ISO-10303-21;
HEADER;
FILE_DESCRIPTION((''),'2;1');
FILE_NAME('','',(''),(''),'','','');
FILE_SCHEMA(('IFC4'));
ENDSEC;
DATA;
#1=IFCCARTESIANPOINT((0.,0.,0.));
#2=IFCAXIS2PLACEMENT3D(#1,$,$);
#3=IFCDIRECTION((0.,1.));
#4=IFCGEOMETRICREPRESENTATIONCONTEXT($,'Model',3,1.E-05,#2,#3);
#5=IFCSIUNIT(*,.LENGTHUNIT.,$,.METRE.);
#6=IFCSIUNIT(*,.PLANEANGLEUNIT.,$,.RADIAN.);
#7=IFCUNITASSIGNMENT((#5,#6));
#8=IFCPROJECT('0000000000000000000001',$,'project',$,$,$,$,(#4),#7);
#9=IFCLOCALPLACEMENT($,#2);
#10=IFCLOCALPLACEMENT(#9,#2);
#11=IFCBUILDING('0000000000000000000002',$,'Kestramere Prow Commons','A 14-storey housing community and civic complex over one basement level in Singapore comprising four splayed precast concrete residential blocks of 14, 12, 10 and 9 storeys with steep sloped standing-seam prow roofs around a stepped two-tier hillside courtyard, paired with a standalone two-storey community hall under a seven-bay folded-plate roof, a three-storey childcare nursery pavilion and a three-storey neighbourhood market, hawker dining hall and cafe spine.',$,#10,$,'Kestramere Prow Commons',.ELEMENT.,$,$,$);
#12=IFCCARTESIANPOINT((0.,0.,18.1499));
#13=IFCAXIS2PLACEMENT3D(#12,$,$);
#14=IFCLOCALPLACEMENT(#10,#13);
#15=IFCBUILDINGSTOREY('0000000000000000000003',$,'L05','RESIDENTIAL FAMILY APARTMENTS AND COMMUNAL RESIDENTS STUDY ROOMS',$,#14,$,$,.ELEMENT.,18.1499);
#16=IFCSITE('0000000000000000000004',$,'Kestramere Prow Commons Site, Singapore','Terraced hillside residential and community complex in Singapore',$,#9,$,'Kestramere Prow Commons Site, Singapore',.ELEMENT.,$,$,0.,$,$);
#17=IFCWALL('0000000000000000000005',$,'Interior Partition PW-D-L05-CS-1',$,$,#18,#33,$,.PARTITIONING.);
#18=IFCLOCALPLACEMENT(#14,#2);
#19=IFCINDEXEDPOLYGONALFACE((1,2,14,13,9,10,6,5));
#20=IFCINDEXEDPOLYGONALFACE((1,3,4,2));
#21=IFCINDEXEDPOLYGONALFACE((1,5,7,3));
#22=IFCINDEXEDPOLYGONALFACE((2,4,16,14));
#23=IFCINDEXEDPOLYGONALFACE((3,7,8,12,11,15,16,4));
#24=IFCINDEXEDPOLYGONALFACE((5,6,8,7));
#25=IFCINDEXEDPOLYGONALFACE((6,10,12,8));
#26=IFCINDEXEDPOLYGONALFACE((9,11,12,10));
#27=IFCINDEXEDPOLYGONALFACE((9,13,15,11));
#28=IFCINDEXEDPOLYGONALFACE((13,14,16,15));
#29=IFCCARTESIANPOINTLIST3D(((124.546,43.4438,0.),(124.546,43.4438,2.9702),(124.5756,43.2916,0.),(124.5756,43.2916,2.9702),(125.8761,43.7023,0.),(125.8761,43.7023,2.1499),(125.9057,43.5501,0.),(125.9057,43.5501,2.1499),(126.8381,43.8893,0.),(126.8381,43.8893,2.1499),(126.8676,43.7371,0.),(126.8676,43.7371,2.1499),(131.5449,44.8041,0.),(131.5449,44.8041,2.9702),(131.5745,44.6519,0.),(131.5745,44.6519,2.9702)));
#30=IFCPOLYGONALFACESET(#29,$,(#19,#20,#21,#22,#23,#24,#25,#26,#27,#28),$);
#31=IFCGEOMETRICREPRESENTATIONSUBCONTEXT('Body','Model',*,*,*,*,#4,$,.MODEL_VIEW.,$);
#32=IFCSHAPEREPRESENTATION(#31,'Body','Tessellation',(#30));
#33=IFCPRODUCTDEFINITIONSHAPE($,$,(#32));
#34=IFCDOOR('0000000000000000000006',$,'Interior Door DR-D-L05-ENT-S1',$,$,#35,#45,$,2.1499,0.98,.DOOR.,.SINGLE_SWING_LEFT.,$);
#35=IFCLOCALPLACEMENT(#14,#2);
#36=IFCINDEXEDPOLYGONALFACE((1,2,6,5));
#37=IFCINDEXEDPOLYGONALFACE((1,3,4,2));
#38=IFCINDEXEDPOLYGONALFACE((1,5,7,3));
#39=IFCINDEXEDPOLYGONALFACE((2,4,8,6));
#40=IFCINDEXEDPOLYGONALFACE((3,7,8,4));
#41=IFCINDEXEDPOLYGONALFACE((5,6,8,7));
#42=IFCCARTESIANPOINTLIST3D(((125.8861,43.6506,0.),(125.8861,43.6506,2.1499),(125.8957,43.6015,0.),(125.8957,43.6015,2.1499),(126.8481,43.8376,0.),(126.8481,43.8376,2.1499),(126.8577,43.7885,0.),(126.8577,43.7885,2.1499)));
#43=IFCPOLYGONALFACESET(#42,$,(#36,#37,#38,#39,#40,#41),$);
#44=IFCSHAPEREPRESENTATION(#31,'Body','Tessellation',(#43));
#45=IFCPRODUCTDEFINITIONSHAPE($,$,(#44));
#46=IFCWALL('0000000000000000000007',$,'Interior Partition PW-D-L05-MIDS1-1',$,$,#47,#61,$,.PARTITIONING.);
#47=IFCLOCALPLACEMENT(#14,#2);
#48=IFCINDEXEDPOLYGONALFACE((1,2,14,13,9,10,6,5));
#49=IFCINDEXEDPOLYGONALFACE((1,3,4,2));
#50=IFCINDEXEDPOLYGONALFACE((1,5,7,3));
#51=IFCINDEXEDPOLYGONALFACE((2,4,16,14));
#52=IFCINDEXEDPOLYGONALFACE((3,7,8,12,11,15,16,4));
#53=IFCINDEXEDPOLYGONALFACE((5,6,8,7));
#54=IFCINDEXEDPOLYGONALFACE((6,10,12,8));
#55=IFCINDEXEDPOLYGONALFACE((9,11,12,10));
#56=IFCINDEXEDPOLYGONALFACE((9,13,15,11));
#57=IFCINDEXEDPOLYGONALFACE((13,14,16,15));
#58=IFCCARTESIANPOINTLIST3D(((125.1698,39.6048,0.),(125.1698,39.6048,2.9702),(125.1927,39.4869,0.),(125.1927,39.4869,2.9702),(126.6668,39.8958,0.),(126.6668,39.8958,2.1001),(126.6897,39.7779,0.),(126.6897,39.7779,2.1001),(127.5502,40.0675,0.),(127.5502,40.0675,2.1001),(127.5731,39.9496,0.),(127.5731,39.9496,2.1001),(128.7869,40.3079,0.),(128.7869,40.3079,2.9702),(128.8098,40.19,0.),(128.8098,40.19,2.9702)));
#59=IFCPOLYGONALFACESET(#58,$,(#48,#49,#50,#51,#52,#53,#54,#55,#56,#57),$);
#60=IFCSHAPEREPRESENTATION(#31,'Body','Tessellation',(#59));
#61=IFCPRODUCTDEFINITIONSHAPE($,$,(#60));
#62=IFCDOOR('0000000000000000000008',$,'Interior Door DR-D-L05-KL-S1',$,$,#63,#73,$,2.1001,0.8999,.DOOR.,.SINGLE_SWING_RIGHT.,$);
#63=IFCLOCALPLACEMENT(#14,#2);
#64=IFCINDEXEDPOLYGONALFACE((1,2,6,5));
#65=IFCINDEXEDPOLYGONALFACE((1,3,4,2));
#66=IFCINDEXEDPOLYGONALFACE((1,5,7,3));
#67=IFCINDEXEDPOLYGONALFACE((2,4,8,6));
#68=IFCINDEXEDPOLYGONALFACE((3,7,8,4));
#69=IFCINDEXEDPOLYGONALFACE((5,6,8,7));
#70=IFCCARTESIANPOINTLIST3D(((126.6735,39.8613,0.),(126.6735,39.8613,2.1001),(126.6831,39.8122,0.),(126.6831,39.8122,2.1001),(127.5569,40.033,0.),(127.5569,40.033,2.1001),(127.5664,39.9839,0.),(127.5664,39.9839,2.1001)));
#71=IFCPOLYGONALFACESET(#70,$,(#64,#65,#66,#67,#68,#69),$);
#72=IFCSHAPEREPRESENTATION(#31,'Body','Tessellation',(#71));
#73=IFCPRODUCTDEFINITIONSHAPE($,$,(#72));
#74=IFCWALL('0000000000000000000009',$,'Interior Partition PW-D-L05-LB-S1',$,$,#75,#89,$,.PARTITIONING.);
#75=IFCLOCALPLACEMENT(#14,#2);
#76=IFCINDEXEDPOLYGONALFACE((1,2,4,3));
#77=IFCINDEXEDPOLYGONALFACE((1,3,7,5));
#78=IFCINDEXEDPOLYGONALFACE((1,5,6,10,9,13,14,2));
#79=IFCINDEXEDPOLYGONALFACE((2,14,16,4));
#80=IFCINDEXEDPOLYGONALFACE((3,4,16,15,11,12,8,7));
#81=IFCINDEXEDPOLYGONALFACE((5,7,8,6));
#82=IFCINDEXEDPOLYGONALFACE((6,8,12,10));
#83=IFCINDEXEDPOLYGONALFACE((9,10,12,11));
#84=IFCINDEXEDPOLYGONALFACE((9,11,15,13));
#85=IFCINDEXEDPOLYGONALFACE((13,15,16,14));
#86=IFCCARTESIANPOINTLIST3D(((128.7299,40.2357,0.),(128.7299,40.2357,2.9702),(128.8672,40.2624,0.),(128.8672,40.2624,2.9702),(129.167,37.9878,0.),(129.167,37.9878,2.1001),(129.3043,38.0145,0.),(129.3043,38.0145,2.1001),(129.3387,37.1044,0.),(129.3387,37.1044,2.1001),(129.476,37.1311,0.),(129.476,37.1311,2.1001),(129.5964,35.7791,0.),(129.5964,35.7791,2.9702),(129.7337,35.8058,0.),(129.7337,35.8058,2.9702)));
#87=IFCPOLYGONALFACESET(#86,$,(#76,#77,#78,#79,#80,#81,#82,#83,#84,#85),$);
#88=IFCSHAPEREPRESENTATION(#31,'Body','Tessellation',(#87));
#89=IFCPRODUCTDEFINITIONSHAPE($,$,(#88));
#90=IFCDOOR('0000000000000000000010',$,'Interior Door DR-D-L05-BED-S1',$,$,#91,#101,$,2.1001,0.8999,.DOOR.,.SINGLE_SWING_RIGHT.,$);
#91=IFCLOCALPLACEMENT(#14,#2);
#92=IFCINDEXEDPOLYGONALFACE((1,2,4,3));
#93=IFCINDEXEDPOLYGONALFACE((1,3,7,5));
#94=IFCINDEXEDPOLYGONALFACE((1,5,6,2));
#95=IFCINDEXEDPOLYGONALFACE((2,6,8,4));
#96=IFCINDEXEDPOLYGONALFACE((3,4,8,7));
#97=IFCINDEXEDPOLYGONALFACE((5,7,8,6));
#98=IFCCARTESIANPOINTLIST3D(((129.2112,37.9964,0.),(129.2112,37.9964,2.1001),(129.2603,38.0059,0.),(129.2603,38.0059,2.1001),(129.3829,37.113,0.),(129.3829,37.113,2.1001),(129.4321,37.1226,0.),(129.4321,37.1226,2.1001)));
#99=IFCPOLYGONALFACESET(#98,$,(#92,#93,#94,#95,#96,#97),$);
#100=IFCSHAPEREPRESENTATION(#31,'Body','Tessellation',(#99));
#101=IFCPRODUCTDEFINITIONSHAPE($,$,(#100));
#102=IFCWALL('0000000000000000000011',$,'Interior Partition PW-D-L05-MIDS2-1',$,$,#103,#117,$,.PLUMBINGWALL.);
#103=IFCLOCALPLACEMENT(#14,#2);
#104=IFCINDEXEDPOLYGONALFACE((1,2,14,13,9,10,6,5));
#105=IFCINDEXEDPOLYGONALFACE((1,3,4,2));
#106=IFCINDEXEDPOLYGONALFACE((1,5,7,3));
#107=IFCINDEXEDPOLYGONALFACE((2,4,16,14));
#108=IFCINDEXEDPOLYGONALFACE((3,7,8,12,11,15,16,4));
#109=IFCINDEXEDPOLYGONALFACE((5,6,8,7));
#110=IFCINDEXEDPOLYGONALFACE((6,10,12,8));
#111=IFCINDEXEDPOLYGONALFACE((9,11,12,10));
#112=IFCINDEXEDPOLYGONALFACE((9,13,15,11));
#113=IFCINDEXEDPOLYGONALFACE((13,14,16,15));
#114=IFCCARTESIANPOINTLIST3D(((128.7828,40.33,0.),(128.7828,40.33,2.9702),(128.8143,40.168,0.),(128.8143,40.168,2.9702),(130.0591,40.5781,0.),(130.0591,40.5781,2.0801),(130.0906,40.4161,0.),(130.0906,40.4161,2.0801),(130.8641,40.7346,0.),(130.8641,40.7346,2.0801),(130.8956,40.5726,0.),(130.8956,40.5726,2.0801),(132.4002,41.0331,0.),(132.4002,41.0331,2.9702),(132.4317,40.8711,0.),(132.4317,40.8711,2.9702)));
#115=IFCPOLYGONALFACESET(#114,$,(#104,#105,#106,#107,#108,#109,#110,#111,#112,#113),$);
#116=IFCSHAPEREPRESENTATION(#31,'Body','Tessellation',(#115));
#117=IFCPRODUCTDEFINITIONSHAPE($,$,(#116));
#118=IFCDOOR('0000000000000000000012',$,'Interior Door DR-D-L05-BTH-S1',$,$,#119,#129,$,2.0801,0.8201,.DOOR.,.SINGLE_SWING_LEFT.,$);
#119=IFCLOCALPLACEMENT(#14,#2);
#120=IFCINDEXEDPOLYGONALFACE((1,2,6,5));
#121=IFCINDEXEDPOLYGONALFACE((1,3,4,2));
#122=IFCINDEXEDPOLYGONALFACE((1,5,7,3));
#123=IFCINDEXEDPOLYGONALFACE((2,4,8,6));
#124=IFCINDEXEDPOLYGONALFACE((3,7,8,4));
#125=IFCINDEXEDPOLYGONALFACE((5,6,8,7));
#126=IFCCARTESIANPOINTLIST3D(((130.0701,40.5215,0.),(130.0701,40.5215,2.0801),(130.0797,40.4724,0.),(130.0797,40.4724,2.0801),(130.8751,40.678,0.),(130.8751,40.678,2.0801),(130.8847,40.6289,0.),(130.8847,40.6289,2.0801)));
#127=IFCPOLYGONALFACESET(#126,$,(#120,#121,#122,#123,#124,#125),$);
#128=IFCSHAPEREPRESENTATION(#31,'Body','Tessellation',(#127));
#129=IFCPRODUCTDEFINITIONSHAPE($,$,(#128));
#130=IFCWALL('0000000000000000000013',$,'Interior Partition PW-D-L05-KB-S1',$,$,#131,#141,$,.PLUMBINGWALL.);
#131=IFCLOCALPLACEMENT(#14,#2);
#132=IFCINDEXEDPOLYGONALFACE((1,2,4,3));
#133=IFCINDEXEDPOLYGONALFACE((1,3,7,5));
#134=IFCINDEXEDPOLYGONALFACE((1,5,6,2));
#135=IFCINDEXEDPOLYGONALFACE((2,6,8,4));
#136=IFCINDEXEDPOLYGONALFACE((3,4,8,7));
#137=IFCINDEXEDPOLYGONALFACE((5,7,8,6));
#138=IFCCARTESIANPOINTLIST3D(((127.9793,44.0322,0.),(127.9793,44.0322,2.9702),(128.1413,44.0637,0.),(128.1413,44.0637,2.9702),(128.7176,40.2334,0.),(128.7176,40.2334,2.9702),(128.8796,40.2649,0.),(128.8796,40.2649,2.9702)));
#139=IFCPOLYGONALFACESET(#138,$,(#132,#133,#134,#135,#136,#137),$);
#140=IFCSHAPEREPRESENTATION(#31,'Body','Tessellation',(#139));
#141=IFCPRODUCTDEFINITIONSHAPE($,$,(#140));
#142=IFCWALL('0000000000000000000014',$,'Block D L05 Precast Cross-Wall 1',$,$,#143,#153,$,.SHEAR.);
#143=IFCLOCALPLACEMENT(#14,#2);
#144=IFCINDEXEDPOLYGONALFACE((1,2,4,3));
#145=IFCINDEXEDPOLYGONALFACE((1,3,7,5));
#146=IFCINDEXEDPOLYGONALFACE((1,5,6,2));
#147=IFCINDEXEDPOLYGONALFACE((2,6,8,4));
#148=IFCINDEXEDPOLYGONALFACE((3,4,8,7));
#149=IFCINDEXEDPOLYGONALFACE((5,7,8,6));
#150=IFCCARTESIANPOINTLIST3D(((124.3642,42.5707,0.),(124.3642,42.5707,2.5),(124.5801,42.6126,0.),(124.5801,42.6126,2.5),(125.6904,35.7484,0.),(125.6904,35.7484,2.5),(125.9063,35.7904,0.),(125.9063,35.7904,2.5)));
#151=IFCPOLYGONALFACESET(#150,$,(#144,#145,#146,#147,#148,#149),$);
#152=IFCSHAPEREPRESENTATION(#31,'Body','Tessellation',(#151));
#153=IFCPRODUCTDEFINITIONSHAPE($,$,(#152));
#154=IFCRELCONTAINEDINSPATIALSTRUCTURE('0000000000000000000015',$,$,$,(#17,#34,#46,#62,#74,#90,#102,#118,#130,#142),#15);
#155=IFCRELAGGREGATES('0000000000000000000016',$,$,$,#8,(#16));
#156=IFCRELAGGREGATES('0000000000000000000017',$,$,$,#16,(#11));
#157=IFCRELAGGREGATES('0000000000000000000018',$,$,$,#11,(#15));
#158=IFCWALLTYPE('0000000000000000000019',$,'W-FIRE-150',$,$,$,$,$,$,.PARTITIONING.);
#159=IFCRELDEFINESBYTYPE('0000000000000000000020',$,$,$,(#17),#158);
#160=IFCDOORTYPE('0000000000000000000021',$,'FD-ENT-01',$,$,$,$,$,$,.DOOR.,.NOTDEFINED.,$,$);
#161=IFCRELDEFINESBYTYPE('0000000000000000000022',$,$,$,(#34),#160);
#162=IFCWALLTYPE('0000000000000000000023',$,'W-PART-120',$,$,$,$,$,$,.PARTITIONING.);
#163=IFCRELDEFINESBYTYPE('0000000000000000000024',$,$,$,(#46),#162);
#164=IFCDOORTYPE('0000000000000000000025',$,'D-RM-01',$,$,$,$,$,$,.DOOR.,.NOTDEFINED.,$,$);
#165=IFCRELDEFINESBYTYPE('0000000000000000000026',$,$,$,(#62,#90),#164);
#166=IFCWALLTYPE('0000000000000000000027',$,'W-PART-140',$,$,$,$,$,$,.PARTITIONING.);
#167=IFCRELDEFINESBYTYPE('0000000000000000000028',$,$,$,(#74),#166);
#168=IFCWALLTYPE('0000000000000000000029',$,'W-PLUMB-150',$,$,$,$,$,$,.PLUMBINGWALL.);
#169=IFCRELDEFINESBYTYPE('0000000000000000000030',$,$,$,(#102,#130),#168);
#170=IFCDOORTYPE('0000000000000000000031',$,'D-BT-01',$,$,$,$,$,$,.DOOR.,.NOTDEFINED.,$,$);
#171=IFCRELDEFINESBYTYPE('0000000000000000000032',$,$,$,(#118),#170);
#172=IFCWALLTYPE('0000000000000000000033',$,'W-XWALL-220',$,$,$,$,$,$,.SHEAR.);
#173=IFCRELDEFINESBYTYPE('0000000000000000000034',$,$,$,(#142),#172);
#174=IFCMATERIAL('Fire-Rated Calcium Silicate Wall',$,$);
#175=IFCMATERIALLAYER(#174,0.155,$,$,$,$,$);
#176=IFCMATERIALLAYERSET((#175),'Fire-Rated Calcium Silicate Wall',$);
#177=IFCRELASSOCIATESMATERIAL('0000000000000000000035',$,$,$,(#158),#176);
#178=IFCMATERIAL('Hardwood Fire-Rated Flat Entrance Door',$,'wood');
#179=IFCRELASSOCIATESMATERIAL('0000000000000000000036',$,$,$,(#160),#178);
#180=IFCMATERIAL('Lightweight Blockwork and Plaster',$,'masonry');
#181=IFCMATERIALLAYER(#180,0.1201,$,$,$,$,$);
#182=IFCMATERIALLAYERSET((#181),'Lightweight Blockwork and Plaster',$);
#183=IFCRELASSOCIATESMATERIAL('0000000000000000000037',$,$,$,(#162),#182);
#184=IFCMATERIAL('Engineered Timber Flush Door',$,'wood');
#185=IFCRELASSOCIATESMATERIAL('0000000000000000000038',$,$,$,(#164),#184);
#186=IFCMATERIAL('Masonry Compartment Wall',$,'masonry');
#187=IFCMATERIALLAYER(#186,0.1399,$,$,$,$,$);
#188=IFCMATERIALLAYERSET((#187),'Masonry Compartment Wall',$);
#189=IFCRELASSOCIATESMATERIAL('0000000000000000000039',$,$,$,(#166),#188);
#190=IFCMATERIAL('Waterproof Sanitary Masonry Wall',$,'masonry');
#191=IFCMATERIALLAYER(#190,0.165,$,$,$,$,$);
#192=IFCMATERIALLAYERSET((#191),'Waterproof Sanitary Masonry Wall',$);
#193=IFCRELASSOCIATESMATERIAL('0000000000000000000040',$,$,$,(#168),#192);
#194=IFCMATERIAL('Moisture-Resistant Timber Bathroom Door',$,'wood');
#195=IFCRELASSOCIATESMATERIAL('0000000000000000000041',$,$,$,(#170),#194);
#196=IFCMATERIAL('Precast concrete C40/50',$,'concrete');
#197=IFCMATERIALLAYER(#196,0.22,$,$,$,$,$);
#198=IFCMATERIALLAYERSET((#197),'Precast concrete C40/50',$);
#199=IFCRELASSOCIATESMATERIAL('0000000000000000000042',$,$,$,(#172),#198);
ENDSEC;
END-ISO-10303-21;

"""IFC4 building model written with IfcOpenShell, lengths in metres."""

from ifc_helpers import new_model, si_unit, direction, frame, frame_2d, origin, place, context, subcontext, project, spatial, rectangle, extrude, material, layer, layer_set, type_object, element, fill, save


model = new_model("IFC4")

# Units and contexts
model_context = context("Model", 3, precision=1e-05, world=origin(), true_north=direction((0.0, 1.0)))
body_context = subcontext(model_context, "Body", "Model", "MODEL_VIEW")
ifc_project = project(units=[si_unit("LENGTHUNIT", "METRE"), si_unit("PLANEANGLEUNIT", "RADIAN")], contexts=[model_context])

# Site, building, storey
site_placement = place(None, origin())
site = spatial("IfcSite", under=ifc_project, at=site_placement, Name="Kestramere Prow Commons Site, Singapore", Description="Terraced hillside residential and community complex in Singapore", LongName="Kestramere Prow Commons Site, Singapore", CompositionType="ELEMENT", RefElevation=0.0)
building_placement = place(site_placement, origin())
building = spatial("IfcBuilding", under=site, at=building_placement, Name="Kestramere Prow Commons", Description="A 14-storey housing community and civic complex over one basement level in Singapore comprising four splayed precast concrete residential blocks of 14, 12, 10 and 9 storeys with steep sloped standing-seam prow roofs around a stepped two-tier hillside courtyard, paired with a standalone two-storey community hall under a seven-bay folded-plate roof, a three-storey childcare nursery pavilion and a three-storey neighbourhood market, hawker dining hall and cafe spine.", LongName="Kestramere Prow Commons", CompositionType="ELEMENT")
storey_placement = place(building_placement, frame((0.0, 0.0, 18.1499)))
storey = spatial("IfcBuildingStorey", under=building, at=storey_placement, Name="L05", Description="RESIDENTIAL FAMILY APARTMENTS AND COMMUNAL RESIDENTS STUDY ROOMS", CompositionType="ELEMENT", Elevation=18.1499)

# Shared definitions
ifc_material_1 = material(Name="Precast concrete C40/50", Category="concrete")

# Walls, openings, doors
ifc_material_2 = material(Name="Fire-Rated Calcium Silicate Wall")
ifc_layer_1 = layer(ifc_material_2, 0.155)
ifc_layer_set_1 = layer_set([ifc_layer_1], Name="Fire-Rated Calcium Silicate Wall")
wall_type_1 = type_object("IfcWallType", Name="W-FIRE-150", PredefinedType="PARTITIONING", material=ifc_layer_set_1)
wall_1_placement = place(storey_placement, frame((124.5608, 43.3677, 0.0), z_axis=(0.0, 0.0, 1.0), x_axis=(0.98163, 0.190793, 0.0)))
wall_1 = element("IfcWall", 1, at=wall_1_placement, inside=storey, type_object=wall_type_1, Name="Interior Partition PW-D-L05-CS-1", PredefinedType="PARTITIONING", context=body_context, shape_type="SweptSolid", body=[
    extrude(rectangle(XDim=7.1299, YDim=0.155, at=frame_2d((3.5649, 0.0))), origin(), (0.0, 0.0, 1.0), 2.9702),
])
opening_1_placement = place(wall_1_placement, frame((1.355, 0.0, 0.0)))
opening_1 = element("IfcOpeningElement", 2, at=opening_1_placement, cuts=wall_1, PredefinedType="OPENING", context=body_context, shape_type="SweptSolid", body=[
    extrude(rectangle(XDim=0.98, YDim=2.1499, at=frame_2d((0.49, 1.075))), frame((0.0, 0.0925, 0.0), z_axis=(0.0, -1.0, 0.0), x_axis=(1.0, 0.0, 0.0)), (0.0, 0.0, 1.0), 0.1851),
])
ifc_material_3 = material(Name="Hardwood Fire-Rated Flat Entrance Door", Category="wood")
door_type_1 = type_object("IfcDoorType", Name="FD-ENT-01", OperationType="NOTDEFINED", PredefinedType="DOOR", material=ifc_material_3)
door_1_placement = place(opening_1_placement, origin())
door_1 = element("IfcDoor", 3, at=door_1_placement, inside=storey, type_object=door_type_1, Name="Interior Door DR-D-L05-ENT-S1", OperationType="SINGLE_SWING_LEFT", OverallHeight=2.1499, OverallWidth=0.98, PredefinedType="DOOR", context=body_context, shape_type="SweptSolid", body=[
    extrude(rectangle(XDim=0.98, YDim=2.1499, at=frame_2d((0.49, 1.075))), frame((0.0, 0.0249, 0.0), z_axis=(0.0, -1.0, 0.0), x_axis=(1.0, 0.0, 0.0)), (0.0, 0.0, 1.0), 0.05),
])
fill(opening_1, door_1)
ifc_material_4 = material(Name="Lightweight Blockwork and Plaster", Category="masonry")
ifc_layer_2 = layer(ifc_material_4, 0.1201)
ifc_layer_set_2 = layer_set([ifc_layer_2], Name="Lightweight Blockwork and Plaster")
wall_type_2 = type_object("IfcWallType", Name="W-PART-120", PredefinedType="PARTITIONING", material=ifc_layer_set_2)
wall_2_placement = place(storey_placement, frame((125.1814, 39.5459, 0.0), z_axis=(0.0, 0.0, 1.0), x_axis=(0.981626, 0.190813, 0.0)))
wall_2 = element("IfcWall", 4, at=wall_2_placement, inside=storey, type_object=wall_type_2, Name="Interior Partition PW-D-L05-MIDS1-1", PredefinedType="PARTITIONING", context=body_context, shape_type="SweptSolid", body=[
    extrude(rectangle(XDim=3.6848, YDim=0.1201, at=frame_2d((1.8423, 0.0))), origin(), (0.0, 0.0, 1.0), 2.9702),
])
opening_2_placement = place(wall_2_placement, frame((1.5249, 0.0, 0.0)))
opening_2 = element("IfcOpeningElement", 5, at=opening_2_placement, cuts=wall_2, PredefinedType="OPENING", context=body_context, shape_type="SweptSolid", body=[
    extrude(rectangle(XDim=0.8999, YDim=2.1001, at=frame_2d((0.45, 1.05))), frame((0.0, 0.075, 0.0), z_axis=(0.0, -1.0, 0.0), x_axis=(1.0, 0.0, 0.0)), (0.0, 0.0, 1.0), 0.1501),
])
ifc_material_5 = material(Name="Engineered Timber Flush Door", Category="wood")
door_type_2 = type_object("IfcDoorType", Name="D-RM-01", OperationType="NOTDEFINED", PredefinedType="DOOR", material=ifc_material_5)
door_2_placement = place(opening_2_placement, origin())
door_2 = element("IfcDoor", 6, at=door_2_placement, inside=storey, type_object=door_type_2, Name="Interior Door DR-D-L05-KL-S1", OperationType="SINGLE_SWING_RIGHT", OverallHeight=2.1001, OverallWidth=0.8999, PredefinedType="DOOR", context=body_context, shape_type="SweptSolid", body=[
    extrude(rectangle(XDim=0.8999, YDim=2.1001, at=frame_2d((0.45, 1.05))), frame((0.0, 0.0249, 0.0), z_axis=(0.0, -1.0, 0.0), x_axis=(1.0, 0.0, 0.0)), (0.0, 0.0, 1.0), 0.05),
])
fill(opening_2, door_2)
ifc_material_6 = material(Name="Masonry Compartment Wall", Category="masonry")
ifc_layer_3 = layer(ifc_material_6, 0.1399)
ifc_layer_set_3 = layer_set([ifc_layer_3], Name="Masonry Compartment Wall")
wall_type_3 = type_object("IfcWallType", Name="W-PART-140", PredefinedType="PARTITIONING", material=ifc_layer_set_3)
wall_3_placement = place(storey_placement, frame((129.665, 35.7925, 0.0), z_axis=(0.0, 0.0, 1.0), x_axis=(-0.19085, 0.981619, 0.0)))
wall_3 = element("IfcWall", 7, at=wall_3_placement, inside=storey, type_object=wall_type_3, Name="Interior Partition PW-D-L05-LB-S1", PredefinedType="PARTITIONING", context=body_context, shape_type="SweptSolid", body=[
    extrude(rectangle(XDim=4.54, YDim=0.1399, at=frame_2d((2.27, 0.0))), origin(), (0.0, 0.0, 1.0), 2.9702),
])
opening_3_placement = place(wall_3_placement, frame((1.3501, 0.0, 0.0)))
opening_3 = element("IfcOpeningElement", 8, at=opening_3_placement, cuts=wall_3, PredefinedType="OPENING", context=body_context, shape_type="SweptSolid", body=[
    extrude(rectangle(XDim=0.8999, YDim=2.1001, at=frame_2d((0.45, 1.05))), frame((0.0, 0.085, 0.0), z_axis=(0.0, -1.0, 0.0), x_axis=(1.0, 0.0, 0.0)), (0.0, 0.0, 1.0), 0.1699),
])
door_3_placement = place(opening_3_placement, origin())
door_3 = element("IfcDoor", 9, at=door_3_placement, inside=storey, type_object=door_type_2, Name="Interior Door DR-D-L05-BED-S1", OperationType="SINGLE_SWING_RIGHT", OverallHeight=2.1001, OverallWidth=0.8999, PredefinedType="DOOR", context=body_context, shape_type="SweptSolid", body=[
    extrude(rectangle(XDim=0.8999, YDim=2.1001, at=frame_2d((0.45, 1.05))), frame((0.0, 0.0249, 0.0), z_axis=(0.0, -1.0, 0.0), x_axis=(1.0, 0.0, 0.0)), (0.0, 0.0, 1.0), 0.05),
])
fill(opening_3, door_3)
ifc_material_7 = material(Name="Waterproof Sanitary Masonry Wall", Category="masonry")
ifc_layer_4 = layer(ifc_material_7, 0.165)
ifc_layer_set_4 = layer_set([ifc_layer_4], Name="Waterproof Sanitary Masonry Wall")
wall_type_4 = type_object("IfcWallType", Name="W-PLUMB-150", PredefinedType="PLUMBINGWALL", material=ifc_layer_set_4)
wall_4_placement = place(storey_placement, frame((128.7986, 40.249, 0.0), z_axis=(0.0, 0.0, 1.0), x_axis=(0.981629, 0.190801, 0.0)))
wall_4 = element("IfcWall", 10, at=wall_4_placement, inside=storey, type_object=wall_type_4, Name="Interior Partition PW-D-L05-MIDS2-1", PredefinedType="PLUMBINGWALL", context=body_context, shape_type="SweptSolid", body=[
    extrude(rectangle(XDim=3.6851, YDim=0.165, at=frame_2d((1.8425, 0.0))), origin(), (0.0, 0.0, 1.0), 2.9702),
])
opening_4_placement = place(wall_4_placement, frame((1.3, 0.0, 0.0)))
opening_4 = element("IfcOpeningElement", 11, at=opening_4_placement, cuts=wall_4, PredefinedType="OPENING", context=body_context, shape_type="SweptSolid", body=[
    extrude(rectangle(XDim=0.8201, YDim=2.0801, at=frame_2d((0.4102, 1.04))), frame((0.0, 0.0974, 0.0), z_axis=(0.0, -1.0, 0.0), x_axis=(1.0, 0.0, 0.0)), (0.0, 0.0, 1.0), 0.1951),
])
ifc_material_8 = material(Name="Moisture-Resistant Timber Bathroom Door", Category="wood")
door_type_3 = type_object("IfcDoorType", Name="D-BT-01", OperationType="NOTDEFINED", PredefinedType="DOOR", material=ifc_material_8)
door_4_placement = place(opening_4_placement, origin())
door_4 = element("IfcDoor", 12, at=door_4_placement, inside=storey, type_object=door_type_3, Name="Interior Door DR-D-L05-BTH-S1", OperationType="SINGLE_SWING_LEFT", OverallHeight=2.0801, OverallWidth=0.8201, PredefinedType="DOOR", context=body_context, shape_type="SweptSolid", body=[
    extrude(rectangle(XDim=0.8201, YDim=2.0801, at=frame_2d((0.4102, 1.04))), frame((0.0, 0.0249, 0.0), z_axis=(0.0, -1.0, 0.0), x_axis=(1.0, 0.0, 0.0)), (0.0, 0.0, 1.0), 0.05),
])
fill(opening_4, door_4)

# Walls
wall_5_placement = place(storey_placement, frame((128.7986, 40.249, 0.0), z_axis=(0.0, 0.0, 1.0), x_axis=(-0.190775, 0.981634, 0.0)))
element("IfcWall", 13, at=wall_5_placement, inside=storey, type_object=wall_type_4, Name="Interior Partition PW-D-L05-KB-S1", PredefinedType="PLUMBINGWALL", context=body_context, shape_type="SweptSolid", body=[
    extrude(rectangle(XDim=3.8699, YDim=0.165, at=frame_2d((1.9351, 0.0))), origin(), (0.0, 0.0, 1.0), 2.9702),
])
ifc_layer_5 = layer(ifc_material_1, 0.22)
ifc_layer_set_5 = layer_set([ifc_layer_5], Name="Precast concrete C40/50")
wall_type_5 = type_object("IfcWallType", Name="W-XWALL-220", PredefinedType="SHEAR", material=ifc_layer_set_5)
wall_6_placement = place(storey_placement, frame((125.7983, 35.7693, 0.0), z_axis=(0.0, 0.0, 1.0), x_axis=(-0.190817, 0.981626, 0.0)))
element("IfcWall", 14, at=wall_6_placement, inside=storey, type_object=wall_type_5, Name="Block D L05 Precast Cross-Wall 1", PredefinedType="SHEAR", context=body_context, shape_type="SweptSolid", body=[
    extrude(rectangle(XDim=6.95, YDim=0.22, at=frame_2d((3.4751, 0.0))), origin(), (0.0, 0.0, 1.0), 2.5),
])

save(model, "model.ifc")
